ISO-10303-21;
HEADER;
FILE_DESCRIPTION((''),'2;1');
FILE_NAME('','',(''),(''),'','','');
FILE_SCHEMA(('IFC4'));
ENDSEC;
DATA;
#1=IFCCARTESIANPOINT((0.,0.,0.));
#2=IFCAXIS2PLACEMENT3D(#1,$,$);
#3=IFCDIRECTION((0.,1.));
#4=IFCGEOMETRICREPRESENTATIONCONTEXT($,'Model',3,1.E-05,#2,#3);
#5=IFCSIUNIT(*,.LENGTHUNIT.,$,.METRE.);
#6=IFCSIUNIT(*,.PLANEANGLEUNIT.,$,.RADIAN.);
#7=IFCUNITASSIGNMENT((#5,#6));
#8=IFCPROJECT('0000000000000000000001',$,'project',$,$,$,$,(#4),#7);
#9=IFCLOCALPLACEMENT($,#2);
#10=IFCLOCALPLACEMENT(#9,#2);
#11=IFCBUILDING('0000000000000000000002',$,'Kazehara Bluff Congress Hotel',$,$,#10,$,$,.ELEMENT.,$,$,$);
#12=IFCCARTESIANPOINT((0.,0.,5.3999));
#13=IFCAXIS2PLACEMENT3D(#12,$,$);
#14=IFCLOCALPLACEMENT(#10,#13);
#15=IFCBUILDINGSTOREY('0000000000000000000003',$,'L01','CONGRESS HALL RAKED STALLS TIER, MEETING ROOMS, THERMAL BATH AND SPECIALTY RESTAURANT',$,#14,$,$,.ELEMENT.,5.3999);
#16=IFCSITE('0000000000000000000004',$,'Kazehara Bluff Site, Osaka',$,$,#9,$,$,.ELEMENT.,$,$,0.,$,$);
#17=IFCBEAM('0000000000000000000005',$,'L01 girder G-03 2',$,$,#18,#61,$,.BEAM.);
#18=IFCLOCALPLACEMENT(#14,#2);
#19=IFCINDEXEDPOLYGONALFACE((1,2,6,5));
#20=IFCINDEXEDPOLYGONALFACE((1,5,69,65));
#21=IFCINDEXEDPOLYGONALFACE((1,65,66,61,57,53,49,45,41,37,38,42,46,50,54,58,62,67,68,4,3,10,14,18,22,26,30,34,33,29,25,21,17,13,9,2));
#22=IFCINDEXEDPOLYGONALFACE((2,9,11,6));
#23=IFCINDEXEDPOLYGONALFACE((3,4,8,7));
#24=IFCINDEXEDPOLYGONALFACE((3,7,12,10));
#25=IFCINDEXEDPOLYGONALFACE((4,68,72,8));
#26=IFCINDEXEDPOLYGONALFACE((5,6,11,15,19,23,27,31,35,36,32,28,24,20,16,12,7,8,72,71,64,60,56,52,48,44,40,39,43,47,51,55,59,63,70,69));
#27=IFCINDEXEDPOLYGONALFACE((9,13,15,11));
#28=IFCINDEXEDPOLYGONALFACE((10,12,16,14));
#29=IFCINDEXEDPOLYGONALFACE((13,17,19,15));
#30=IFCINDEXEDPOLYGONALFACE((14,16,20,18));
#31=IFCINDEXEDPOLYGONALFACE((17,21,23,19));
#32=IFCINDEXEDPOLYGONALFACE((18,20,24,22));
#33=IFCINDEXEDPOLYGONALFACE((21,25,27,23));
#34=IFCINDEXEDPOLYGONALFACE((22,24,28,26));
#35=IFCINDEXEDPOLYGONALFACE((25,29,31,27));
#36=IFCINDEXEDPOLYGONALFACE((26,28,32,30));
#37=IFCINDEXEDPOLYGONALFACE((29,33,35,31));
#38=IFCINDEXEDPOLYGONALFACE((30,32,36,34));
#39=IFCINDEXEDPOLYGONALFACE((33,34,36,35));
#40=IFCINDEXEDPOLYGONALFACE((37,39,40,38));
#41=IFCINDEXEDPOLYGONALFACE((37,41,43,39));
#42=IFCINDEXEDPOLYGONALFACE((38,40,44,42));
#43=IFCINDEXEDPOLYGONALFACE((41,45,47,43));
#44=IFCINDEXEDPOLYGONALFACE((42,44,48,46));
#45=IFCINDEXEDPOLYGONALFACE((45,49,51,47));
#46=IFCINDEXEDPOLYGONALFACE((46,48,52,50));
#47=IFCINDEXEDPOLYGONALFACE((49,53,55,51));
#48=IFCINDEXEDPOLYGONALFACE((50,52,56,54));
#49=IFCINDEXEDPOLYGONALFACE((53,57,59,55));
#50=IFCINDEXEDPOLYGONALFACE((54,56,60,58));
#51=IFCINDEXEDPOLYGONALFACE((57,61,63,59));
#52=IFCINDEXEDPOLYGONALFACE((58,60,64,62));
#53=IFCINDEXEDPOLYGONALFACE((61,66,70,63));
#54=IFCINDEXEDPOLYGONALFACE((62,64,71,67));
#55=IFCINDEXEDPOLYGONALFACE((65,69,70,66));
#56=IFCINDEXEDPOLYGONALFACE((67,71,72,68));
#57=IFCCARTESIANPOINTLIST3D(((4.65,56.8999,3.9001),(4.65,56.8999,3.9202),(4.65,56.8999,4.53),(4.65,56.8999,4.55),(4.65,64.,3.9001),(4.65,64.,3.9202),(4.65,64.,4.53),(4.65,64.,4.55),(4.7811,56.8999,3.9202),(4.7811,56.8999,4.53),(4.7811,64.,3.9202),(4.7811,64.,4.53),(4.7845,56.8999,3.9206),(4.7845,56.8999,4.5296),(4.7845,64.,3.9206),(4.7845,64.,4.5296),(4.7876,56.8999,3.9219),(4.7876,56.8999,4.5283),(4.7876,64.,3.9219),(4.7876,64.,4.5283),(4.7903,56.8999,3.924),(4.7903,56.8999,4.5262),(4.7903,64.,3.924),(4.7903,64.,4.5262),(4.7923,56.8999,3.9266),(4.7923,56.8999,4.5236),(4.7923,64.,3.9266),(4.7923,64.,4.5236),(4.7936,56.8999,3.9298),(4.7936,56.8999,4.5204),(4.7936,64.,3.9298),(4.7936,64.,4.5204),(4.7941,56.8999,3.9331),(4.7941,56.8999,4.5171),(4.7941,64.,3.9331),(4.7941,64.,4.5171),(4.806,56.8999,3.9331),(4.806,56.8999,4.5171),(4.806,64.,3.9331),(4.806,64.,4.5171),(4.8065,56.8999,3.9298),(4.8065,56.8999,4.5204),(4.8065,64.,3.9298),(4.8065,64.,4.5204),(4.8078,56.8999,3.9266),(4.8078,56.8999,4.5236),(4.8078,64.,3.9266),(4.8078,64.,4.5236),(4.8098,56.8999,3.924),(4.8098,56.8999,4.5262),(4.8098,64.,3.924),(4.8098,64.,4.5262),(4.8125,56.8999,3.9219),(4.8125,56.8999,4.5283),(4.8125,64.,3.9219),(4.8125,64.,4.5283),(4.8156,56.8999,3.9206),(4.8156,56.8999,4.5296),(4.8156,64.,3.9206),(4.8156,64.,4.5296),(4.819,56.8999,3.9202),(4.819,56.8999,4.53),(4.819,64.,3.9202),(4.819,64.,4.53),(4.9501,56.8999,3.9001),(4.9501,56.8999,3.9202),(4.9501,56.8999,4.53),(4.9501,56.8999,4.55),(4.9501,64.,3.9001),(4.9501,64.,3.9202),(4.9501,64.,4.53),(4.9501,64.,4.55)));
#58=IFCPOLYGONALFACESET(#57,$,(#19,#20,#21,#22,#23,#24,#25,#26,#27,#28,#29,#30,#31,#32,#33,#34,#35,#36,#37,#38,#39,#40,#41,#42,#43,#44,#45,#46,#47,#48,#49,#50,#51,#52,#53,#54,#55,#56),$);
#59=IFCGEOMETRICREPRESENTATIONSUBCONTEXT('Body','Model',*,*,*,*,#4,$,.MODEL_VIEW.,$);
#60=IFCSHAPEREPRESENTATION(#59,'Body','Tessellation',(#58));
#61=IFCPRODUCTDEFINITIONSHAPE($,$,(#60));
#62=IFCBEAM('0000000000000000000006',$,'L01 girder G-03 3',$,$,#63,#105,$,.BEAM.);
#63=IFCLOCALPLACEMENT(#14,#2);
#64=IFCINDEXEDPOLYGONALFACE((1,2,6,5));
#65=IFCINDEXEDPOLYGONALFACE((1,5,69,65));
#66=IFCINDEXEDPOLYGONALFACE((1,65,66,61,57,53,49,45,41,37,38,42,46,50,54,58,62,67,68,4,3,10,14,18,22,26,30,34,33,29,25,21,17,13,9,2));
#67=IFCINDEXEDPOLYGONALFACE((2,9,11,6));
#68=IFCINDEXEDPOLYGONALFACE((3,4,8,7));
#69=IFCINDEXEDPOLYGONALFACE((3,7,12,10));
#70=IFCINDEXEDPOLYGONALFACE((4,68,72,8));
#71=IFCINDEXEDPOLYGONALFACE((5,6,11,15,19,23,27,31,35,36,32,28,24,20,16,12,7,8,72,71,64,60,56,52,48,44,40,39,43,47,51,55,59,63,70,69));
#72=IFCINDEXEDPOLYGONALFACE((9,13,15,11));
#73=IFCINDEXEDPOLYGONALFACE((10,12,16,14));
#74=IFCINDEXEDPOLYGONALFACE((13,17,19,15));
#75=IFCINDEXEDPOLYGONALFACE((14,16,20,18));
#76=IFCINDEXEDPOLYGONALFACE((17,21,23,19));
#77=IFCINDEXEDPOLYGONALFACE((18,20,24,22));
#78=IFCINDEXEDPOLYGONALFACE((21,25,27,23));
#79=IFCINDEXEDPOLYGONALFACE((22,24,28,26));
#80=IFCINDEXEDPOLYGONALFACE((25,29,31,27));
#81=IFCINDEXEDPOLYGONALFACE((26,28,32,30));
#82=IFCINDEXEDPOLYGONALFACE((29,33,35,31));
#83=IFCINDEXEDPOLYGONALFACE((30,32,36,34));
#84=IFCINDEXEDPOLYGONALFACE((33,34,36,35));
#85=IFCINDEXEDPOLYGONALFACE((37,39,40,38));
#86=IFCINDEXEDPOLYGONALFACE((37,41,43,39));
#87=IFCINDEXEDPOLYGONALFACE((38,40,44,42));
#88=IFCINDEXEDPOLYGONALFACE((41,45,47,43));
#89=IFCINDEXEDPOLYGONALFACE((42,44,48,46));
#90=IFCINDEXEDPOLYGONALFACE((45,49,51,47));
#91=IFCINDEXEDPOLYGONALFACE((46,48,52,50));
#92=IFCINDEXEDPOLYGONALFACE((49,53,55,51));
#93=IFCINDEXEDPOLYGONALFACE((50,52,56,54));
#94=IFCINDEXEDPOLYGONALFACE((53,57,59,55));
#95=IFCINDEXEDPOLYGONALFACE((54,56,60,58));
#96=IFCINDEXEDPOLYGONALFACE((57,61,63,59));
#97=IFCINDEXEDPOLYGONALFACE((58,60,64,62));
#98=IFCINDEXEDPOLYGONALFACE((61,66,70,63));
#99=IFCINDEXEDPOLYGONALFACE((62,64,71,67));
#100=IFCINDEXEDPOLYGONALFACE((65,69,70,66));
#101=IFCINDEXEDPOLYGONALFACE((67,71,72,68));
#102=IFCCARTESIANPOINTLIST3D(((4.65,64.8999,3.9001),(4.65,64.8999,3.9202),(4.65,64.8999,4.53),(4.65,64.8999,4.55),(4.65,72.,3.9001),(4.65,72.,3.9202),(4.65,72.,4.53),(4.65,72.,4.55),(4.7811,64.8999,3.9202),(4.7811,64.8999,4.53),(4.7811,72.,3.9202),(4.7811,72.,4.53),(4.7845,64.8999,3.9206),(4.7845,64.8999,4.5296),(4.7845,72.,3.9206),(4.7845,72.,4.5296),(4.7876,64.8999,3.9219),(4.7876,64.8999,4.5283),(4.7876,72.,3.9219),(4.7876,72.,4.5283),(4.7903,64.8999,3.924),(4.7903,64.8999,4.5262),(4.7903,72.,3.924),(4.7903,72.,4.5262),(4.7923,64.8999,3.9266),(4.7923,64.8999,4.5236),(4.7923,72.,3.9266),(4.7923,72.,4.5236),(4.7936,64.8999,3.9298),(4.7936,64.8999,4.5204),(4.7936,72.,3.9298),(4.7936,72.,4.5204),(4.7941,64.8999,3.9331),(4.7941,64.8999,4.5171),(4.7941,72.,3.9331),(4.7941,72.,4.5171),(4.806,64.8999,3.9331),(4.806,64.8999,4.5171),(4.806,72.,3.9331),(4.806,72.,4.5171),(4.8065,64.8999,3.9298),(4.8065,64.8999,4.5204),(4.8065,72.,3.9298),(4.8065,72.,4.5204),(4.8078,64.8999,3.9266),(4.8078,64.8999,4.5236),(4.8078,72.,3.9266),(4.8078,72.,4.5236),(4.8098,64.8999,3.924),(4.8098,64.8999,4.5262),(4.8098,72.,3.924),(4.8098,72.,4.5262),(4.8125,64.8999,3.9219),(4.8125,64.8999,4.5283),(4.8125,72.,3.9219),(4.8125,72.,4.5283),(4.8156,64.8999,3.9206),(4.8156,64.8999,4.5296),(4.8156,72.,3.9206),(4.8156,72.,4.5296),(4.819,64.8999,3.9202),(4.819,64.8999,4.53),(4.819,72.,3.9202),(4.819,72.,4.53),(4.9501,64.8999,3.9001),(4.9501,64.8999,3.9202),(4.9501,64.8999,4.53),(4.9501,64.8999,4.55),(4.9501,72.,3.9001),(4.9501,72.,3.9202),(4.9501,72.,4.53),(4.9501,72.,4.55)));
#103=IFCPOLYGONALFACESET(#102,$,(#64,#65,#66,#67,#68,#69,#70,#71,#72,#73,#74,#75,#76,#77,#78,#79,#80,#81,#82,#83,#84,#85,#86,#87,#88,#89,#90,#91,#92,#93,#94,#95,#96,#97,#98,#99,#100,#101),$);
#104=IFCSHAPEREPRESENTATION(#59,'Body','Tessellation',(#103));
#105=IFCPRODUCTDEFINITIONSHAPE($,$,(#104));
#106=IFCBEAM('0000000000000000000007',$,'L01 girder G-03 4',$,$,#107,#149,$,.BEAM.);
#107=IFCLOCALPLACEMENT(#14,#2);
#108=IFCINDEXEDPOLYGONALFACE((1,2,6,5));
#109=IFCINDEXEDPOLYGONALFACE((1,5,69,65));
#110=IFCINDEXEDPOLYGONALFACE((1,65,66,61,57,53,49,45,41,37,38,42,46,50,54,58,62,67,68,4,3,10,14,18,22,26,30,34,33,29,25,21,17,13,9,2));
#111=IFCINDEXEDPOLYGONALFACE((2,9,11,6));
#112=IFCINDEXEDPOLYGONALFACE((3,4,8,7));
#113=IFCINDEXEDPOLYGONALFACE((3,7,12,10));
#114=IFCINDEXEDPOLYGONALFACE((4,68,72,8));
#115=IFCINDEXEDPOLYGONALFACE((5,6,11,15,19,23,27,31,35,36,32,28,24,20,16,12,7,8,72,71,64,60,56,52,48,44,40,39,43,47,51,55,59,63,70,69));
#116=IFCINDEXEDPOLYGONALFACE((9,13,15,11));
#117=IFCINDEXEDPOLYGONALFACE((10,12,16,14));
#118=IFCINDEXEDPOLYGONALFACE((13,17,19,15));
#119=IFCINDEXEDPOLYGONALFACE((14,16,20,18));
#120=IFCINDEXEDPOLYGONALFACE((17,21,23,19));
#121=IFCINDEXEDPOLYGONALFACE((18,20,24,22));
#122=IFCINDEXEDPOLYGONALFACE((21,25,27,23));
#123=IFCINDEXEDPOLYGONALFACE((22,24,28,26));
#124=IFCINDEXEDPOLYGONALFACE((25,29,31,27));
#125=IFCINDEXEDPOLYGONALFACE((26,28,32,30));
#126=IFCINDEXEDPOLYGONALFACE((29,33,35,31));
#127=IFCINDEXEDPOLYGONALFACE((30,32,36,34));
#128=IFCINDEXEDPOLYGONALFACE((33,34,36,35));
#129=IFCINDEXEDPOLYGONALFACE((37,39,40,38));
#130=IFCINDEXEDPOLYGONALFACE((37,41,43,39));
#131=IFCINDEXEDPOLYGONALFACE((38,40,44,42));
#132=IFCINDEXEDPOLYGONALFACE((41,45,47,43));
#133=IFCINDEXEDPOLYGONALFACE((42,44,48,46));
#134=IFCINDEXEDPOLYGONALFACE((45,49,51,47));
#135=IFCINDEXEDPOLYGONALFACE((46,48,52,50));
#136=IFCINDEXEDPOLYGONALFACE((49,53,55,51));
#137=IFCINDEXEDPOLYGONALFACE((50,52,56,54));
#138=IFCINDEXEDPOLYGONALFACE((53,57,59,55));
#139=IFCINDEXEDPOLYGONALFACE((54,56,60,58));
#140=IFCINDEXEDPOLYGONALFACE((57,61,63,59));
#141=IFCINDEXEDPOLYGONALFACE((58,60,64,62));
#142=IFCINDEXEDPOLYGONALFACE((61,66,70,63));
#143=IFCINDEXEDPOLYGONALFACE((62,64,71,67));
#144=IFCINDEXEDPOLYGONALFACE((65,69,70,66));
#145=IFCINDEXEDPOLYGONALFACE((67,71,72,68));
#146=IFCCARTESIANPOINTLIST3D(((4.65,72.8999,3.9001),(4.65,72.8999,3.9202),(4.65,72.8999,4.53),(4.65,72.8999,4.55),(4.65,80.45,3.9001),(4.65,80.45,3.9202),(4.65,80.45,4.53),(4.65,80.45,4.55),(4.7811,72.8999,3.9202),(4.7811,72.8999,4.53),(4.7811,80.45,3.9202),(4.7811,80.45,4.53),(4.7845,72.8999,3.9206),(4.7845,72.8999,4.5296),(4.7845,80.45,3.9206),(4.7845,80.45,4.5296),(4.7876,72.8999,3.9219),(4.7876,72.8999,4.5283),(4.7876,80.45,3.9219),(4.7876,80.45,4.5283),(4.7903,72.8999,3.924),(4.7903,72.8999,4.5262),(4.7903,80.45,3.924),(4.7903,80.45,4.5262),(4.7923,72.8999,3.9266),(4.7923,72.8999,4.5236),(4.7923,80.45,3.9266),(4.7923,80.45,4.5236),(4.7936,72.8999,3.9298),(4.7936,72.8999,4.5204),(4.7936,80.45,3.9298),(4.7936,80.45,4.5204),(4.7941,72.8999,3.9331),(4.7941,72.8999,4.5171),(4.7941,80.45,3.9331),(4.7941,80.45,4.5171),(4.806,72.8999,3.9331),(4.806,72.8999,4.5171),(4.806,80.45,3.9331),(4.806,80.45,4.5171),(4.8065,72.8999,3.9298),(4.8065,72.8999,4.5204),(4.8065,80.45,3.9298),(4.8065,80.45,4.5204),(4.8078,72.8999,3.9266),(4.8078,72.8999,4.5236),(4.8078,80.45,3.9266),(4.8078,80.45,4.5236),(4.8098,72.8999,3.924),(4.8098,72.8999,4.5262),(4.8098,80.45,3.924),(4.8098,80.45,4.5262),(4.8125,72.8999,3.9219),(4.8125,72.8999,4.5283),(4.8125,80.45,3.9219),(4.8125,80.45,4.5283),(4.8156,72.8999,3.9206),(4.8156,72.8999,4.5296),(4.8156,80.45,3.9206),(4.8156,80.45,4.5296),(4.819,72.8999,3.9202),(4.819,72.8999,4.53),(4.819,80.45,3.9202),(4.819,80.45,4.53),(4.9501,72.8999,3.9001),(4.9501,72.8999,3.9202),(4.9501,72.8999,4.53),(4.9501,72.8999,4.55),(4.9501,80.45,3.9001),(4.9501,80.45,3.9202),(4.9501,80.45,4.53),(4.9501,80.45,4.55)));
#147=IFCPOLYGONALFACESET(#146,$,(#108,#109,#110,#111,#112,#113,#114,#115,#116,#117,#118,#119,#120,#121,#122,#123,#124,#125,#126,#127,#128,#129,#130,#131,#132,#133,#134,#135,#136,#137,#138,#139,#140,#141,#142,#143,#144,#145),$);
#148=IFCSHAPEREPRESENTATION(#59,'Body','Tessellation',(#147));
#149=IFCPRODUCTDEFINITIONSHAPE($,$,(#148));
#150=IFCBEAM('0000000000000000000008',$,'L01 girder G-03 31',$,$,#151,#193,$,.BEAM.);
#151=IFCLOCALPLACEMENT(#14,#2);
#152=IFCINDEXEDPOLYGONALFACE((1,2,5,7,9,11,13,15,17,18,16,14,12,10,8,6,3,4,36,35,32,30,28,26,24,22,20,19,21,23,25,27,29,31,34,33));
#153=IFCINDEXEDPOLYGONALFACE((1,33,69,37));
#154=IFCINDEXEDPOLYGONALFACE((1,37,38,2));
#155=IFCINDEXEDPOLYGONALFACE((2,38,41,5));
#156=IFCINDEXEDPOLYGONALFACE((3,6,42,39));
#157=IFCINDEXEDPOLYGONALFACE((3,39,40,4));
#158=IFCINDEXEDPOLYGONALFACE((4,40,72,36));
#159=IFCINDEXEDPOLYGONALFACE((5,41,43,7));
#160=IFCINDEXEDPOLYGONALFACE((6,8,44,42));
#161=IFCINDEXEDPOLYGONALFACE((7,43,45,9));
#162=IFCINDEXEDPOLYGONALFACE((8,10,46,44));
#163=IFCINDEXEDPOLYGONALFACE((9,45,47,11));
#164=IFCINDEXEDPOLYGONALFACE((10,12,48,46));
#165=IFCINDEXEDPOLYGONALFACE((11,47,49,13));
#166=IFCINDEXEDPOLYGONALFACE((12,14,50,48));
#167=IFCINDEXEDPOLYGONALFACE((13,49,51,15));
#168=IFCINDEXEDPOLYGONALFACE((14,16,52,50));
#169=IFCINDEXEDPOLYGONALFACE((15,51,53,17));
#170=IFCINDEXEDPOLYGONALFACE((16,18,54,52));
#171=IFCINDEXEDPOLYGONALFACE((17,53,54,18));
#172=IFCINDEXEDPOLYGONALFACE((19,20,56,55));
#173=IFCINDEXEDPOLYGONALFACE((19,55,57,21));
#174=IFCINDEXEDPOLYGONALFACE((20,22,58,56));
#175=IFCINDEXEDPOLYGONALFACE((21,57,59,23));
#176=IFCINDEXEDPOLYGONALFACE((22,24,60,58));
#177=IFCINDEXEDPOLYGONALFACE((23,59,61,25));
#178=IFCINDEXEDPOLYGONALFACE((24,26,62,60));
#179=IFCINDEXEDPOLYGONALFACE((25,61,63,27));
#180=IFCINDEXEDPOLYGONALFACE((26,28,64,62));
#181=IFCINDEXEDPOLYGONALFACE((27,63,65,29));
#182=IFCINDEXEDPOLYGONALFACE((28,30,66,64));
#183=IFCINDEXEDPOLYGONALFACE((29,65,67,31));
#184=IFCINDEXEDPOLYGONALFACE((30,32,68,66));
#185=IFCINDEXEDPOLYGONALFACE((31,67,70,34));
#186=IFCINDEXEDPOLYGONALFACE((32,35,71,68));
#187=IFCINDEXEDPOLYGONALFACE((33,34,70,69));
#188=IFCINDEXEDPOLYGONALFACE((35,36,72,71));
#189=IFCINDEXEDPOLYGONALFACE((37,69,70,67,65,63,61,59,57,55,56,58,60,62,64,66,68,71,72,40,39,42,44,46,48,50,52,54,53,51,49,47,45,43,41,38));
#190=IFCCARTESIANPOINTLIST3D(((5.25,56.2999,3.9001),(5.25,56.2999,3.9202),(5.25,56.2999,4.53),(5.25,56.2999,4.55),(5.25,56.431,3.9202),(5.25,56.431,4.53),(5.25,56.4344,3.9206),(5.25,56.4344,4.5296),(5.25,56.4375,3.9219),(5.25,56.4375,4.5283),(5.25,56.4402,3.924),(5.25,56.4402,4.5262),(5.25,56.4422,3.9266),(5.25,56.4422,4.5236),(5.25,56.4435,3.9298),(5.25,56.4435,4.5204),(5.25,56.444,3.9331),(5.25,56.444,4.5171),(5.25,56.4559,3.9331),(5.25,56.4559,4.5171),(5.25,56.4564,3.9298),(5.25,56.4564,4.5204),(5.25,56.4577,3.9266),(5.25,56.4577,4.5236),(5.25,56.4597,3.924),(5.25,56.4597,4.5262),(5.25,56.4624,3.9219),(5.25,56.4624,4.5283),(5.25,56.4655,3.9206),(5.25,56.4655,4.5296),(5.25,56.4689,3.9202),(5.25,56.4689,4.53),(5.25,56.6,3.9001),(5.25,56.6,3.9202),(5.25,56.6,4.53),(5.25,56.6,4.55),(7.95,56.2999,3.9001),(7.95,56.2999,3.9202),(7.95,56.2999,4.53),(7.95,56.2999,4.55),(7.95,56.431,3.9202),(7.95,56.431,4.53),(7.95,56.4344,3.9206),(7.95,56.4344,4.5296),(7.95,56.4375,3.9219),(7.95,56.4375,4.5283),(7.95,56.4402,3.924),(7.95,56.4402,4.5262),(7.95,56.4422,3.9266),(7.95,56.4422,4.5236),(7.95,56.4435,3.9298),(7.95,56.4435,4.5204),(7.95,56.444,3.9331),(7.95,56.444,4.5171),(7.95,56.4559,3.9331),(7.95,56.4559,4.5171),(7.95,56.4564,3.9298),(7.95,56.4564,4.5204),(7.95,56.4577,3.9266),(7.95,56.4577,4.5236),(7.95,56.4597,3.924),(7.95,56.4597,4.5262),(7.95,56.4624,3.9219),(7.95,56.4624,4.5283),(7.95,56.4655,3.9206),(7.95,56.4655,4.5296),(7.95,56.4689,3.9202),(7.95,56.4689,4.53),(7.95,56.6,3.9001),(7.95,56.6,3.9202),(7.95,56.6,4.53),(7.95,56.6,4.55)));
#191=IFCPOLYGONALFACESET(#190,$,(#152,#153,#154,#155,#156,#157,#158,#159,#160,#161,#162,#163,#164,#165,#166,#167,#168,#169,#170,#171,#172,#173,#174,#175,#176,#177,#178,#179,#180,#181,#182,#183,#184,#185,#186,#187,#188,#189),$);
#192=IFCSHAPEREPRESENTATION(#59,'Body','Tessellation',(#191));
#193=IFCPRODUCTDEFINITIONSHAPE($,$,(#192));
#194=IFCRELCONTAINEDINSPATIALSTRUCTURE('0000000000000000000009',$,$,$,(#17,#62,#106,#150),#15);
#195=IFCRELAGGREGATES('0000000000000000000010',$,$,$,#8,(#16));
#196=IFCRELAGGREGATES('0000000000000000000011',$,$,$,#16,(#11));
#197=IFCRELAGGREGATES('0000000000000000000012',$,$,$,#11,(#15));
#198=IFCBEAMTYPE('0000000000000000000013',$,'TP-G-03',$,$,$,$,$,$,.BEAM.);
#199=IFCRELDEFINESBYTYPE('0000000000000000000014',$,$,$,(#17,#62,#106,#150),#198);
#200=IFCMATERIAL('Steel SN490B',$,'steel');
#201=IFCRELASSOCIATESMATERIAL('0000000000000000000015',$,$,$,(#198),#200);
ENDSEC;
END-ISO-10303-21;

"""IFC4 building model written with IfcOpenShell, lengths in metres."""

from ifc_helpers import new_model, si_unit, direction, frame, origin, origin_2d, place, context, subcontext, project, spatial, i_section, extrude, material, material_profile, profile_set, type_object, element, save


model = new_model("IFC4")

# Units and contexts
model_context = context("Model", 3, precision=1e-05, world=origin(), true_north=direction((0.0, 1.0)))
body_context = subcontext(model_context, "Body", "Model", "MODEL_VIEW")
ifc_project = project(units=[si_unit("LENGTHUNIT", "METRE"), si_unit("PLANEANGLEUNIT", "RADIAN")], contexts=[model_context])

# Site, building, storey
site_placement = place(None, origin())
site = spatial("IfcSite", under=ifc_project, at=site_placement, Name="Kazehara Bluff Site, Osaka", CompositionType="ELEMENT", RefElevation=0.0)
building_placement = place(site_placement, origin())
building = spatial("IfcBuilding", under=site, at=building_placement, Name="Kazehara Bluff Congress Hotel", CompositionType="ELEMENT")
storey_placement = place(building_placement, frame((0.0, 0.0, 5.3999)))
storey = spatial("IfcBuildingStorey", under=building, at=storey_placement, Name="L01", Description="CONGRESS HALL RAKED STALLS TIER, MEETING ROOMS, THERMAL BATH AND SPECIALTY RESTAURANT", CompositionType="ELEMENT", Elevation=5.3999)

# Beams
ifc_material_1 = material(Name="Steel SN490B", Category="steel")
ifc_material_profile_1 = material_profile(ifc_material_1, i_section(OverallWidth=0.3, OverallDepth=0.6499, WebThickness=0.012, FlangeThickness=0.02, FilletRadius=0.0129, at=origin_2d()))
ifc_profile_set_1 = profile_set([ifc_material_profile_1], Name="Steel SN490B")
beam_type_1 = type_object("IfcBeamType", Name="TP-G-03", PredefinedType="BEAM", material=ifc_profile_set_1)
for number, where, z_axis, x_axis, name in (
    (1, (4.8, 56.8999, 4.2251), (0.0, 1.0, 0.0), (-1.0, 0.0, 0.0), "L01 girder G-03 2"),
    (2, (4.8, 64.8999, 4.2251), (0.0, 1.0, 0.0), (-1.0, 0.0, 0.0), "L01 girder G-03 3"),
):
    element("IfcBeam", number, at=place(storey_placement, frame(where, z_axis=z_axis, x_axis=x_axis)), inside=storey, type_object=beam_type_1, Name=name, PredefinedType="BEAM", context=body_context, shape_type="SweptSolid", body=[
        extrude(i_section(OverallWidth=0.3, OverallDepth=0.6499, WebThickness=0.012, FlangeThickness=0.02, FilletRadius=0.0129, at=origin_2d()), origin(), (0.0, 0.0, 1.0), 7.1001),
    ])
beam_1_placement = place(storey_placement, frame((4.8, 72.8999, 4.2251), z_axis=(0.0, 1.0, 0.0), x_axis=(-1.0, 0.0, 0.0)))
element("IfcBeam", 3, at=beam_1_placement, inside=storey, type_object=beam_type_1, Name="L01 girder G-03 4", PredefinedType="BEAM", context=body_context, shape_type="SweptSolid", body=[
    extrude(i_section(OverallWidth=0.3, OverallDepth=0.6499, WebThickness=0.012, FlangeThickness=0.02, FilletRadius=0.0129, at=origin_2d()), origin(), (0.0, 0.0, 1.0), 7.55),
])
for number, where, z_axis, x_axis, name in (
    (4, (5.25, 56.45, 4.2251), (1.0, 0.0, 0.0), (0.0, 1.0, 0.0), "L01 girder G-03 31"),
):
    element("IfcBeam", number, at=place(storey_placement, frame(where, z_axis=z_axis, x_axis=x_axis)), inside=storey, type_object=beam_type_1, Name=name, PredefinedType="BEAM", context=body_context, shape_type="SweptSolid", body=[
        extrude(i_section(OverallWidth=0.3, OverallDepth=0.6499, WebThickness=0.012, FlangeThickness=0.02, FilletRadius=0.0129, at=origin_2d()), origin(), (0.0, 0.0, 1.0), 2.7),
    ])

save(model, "model.ifc")
